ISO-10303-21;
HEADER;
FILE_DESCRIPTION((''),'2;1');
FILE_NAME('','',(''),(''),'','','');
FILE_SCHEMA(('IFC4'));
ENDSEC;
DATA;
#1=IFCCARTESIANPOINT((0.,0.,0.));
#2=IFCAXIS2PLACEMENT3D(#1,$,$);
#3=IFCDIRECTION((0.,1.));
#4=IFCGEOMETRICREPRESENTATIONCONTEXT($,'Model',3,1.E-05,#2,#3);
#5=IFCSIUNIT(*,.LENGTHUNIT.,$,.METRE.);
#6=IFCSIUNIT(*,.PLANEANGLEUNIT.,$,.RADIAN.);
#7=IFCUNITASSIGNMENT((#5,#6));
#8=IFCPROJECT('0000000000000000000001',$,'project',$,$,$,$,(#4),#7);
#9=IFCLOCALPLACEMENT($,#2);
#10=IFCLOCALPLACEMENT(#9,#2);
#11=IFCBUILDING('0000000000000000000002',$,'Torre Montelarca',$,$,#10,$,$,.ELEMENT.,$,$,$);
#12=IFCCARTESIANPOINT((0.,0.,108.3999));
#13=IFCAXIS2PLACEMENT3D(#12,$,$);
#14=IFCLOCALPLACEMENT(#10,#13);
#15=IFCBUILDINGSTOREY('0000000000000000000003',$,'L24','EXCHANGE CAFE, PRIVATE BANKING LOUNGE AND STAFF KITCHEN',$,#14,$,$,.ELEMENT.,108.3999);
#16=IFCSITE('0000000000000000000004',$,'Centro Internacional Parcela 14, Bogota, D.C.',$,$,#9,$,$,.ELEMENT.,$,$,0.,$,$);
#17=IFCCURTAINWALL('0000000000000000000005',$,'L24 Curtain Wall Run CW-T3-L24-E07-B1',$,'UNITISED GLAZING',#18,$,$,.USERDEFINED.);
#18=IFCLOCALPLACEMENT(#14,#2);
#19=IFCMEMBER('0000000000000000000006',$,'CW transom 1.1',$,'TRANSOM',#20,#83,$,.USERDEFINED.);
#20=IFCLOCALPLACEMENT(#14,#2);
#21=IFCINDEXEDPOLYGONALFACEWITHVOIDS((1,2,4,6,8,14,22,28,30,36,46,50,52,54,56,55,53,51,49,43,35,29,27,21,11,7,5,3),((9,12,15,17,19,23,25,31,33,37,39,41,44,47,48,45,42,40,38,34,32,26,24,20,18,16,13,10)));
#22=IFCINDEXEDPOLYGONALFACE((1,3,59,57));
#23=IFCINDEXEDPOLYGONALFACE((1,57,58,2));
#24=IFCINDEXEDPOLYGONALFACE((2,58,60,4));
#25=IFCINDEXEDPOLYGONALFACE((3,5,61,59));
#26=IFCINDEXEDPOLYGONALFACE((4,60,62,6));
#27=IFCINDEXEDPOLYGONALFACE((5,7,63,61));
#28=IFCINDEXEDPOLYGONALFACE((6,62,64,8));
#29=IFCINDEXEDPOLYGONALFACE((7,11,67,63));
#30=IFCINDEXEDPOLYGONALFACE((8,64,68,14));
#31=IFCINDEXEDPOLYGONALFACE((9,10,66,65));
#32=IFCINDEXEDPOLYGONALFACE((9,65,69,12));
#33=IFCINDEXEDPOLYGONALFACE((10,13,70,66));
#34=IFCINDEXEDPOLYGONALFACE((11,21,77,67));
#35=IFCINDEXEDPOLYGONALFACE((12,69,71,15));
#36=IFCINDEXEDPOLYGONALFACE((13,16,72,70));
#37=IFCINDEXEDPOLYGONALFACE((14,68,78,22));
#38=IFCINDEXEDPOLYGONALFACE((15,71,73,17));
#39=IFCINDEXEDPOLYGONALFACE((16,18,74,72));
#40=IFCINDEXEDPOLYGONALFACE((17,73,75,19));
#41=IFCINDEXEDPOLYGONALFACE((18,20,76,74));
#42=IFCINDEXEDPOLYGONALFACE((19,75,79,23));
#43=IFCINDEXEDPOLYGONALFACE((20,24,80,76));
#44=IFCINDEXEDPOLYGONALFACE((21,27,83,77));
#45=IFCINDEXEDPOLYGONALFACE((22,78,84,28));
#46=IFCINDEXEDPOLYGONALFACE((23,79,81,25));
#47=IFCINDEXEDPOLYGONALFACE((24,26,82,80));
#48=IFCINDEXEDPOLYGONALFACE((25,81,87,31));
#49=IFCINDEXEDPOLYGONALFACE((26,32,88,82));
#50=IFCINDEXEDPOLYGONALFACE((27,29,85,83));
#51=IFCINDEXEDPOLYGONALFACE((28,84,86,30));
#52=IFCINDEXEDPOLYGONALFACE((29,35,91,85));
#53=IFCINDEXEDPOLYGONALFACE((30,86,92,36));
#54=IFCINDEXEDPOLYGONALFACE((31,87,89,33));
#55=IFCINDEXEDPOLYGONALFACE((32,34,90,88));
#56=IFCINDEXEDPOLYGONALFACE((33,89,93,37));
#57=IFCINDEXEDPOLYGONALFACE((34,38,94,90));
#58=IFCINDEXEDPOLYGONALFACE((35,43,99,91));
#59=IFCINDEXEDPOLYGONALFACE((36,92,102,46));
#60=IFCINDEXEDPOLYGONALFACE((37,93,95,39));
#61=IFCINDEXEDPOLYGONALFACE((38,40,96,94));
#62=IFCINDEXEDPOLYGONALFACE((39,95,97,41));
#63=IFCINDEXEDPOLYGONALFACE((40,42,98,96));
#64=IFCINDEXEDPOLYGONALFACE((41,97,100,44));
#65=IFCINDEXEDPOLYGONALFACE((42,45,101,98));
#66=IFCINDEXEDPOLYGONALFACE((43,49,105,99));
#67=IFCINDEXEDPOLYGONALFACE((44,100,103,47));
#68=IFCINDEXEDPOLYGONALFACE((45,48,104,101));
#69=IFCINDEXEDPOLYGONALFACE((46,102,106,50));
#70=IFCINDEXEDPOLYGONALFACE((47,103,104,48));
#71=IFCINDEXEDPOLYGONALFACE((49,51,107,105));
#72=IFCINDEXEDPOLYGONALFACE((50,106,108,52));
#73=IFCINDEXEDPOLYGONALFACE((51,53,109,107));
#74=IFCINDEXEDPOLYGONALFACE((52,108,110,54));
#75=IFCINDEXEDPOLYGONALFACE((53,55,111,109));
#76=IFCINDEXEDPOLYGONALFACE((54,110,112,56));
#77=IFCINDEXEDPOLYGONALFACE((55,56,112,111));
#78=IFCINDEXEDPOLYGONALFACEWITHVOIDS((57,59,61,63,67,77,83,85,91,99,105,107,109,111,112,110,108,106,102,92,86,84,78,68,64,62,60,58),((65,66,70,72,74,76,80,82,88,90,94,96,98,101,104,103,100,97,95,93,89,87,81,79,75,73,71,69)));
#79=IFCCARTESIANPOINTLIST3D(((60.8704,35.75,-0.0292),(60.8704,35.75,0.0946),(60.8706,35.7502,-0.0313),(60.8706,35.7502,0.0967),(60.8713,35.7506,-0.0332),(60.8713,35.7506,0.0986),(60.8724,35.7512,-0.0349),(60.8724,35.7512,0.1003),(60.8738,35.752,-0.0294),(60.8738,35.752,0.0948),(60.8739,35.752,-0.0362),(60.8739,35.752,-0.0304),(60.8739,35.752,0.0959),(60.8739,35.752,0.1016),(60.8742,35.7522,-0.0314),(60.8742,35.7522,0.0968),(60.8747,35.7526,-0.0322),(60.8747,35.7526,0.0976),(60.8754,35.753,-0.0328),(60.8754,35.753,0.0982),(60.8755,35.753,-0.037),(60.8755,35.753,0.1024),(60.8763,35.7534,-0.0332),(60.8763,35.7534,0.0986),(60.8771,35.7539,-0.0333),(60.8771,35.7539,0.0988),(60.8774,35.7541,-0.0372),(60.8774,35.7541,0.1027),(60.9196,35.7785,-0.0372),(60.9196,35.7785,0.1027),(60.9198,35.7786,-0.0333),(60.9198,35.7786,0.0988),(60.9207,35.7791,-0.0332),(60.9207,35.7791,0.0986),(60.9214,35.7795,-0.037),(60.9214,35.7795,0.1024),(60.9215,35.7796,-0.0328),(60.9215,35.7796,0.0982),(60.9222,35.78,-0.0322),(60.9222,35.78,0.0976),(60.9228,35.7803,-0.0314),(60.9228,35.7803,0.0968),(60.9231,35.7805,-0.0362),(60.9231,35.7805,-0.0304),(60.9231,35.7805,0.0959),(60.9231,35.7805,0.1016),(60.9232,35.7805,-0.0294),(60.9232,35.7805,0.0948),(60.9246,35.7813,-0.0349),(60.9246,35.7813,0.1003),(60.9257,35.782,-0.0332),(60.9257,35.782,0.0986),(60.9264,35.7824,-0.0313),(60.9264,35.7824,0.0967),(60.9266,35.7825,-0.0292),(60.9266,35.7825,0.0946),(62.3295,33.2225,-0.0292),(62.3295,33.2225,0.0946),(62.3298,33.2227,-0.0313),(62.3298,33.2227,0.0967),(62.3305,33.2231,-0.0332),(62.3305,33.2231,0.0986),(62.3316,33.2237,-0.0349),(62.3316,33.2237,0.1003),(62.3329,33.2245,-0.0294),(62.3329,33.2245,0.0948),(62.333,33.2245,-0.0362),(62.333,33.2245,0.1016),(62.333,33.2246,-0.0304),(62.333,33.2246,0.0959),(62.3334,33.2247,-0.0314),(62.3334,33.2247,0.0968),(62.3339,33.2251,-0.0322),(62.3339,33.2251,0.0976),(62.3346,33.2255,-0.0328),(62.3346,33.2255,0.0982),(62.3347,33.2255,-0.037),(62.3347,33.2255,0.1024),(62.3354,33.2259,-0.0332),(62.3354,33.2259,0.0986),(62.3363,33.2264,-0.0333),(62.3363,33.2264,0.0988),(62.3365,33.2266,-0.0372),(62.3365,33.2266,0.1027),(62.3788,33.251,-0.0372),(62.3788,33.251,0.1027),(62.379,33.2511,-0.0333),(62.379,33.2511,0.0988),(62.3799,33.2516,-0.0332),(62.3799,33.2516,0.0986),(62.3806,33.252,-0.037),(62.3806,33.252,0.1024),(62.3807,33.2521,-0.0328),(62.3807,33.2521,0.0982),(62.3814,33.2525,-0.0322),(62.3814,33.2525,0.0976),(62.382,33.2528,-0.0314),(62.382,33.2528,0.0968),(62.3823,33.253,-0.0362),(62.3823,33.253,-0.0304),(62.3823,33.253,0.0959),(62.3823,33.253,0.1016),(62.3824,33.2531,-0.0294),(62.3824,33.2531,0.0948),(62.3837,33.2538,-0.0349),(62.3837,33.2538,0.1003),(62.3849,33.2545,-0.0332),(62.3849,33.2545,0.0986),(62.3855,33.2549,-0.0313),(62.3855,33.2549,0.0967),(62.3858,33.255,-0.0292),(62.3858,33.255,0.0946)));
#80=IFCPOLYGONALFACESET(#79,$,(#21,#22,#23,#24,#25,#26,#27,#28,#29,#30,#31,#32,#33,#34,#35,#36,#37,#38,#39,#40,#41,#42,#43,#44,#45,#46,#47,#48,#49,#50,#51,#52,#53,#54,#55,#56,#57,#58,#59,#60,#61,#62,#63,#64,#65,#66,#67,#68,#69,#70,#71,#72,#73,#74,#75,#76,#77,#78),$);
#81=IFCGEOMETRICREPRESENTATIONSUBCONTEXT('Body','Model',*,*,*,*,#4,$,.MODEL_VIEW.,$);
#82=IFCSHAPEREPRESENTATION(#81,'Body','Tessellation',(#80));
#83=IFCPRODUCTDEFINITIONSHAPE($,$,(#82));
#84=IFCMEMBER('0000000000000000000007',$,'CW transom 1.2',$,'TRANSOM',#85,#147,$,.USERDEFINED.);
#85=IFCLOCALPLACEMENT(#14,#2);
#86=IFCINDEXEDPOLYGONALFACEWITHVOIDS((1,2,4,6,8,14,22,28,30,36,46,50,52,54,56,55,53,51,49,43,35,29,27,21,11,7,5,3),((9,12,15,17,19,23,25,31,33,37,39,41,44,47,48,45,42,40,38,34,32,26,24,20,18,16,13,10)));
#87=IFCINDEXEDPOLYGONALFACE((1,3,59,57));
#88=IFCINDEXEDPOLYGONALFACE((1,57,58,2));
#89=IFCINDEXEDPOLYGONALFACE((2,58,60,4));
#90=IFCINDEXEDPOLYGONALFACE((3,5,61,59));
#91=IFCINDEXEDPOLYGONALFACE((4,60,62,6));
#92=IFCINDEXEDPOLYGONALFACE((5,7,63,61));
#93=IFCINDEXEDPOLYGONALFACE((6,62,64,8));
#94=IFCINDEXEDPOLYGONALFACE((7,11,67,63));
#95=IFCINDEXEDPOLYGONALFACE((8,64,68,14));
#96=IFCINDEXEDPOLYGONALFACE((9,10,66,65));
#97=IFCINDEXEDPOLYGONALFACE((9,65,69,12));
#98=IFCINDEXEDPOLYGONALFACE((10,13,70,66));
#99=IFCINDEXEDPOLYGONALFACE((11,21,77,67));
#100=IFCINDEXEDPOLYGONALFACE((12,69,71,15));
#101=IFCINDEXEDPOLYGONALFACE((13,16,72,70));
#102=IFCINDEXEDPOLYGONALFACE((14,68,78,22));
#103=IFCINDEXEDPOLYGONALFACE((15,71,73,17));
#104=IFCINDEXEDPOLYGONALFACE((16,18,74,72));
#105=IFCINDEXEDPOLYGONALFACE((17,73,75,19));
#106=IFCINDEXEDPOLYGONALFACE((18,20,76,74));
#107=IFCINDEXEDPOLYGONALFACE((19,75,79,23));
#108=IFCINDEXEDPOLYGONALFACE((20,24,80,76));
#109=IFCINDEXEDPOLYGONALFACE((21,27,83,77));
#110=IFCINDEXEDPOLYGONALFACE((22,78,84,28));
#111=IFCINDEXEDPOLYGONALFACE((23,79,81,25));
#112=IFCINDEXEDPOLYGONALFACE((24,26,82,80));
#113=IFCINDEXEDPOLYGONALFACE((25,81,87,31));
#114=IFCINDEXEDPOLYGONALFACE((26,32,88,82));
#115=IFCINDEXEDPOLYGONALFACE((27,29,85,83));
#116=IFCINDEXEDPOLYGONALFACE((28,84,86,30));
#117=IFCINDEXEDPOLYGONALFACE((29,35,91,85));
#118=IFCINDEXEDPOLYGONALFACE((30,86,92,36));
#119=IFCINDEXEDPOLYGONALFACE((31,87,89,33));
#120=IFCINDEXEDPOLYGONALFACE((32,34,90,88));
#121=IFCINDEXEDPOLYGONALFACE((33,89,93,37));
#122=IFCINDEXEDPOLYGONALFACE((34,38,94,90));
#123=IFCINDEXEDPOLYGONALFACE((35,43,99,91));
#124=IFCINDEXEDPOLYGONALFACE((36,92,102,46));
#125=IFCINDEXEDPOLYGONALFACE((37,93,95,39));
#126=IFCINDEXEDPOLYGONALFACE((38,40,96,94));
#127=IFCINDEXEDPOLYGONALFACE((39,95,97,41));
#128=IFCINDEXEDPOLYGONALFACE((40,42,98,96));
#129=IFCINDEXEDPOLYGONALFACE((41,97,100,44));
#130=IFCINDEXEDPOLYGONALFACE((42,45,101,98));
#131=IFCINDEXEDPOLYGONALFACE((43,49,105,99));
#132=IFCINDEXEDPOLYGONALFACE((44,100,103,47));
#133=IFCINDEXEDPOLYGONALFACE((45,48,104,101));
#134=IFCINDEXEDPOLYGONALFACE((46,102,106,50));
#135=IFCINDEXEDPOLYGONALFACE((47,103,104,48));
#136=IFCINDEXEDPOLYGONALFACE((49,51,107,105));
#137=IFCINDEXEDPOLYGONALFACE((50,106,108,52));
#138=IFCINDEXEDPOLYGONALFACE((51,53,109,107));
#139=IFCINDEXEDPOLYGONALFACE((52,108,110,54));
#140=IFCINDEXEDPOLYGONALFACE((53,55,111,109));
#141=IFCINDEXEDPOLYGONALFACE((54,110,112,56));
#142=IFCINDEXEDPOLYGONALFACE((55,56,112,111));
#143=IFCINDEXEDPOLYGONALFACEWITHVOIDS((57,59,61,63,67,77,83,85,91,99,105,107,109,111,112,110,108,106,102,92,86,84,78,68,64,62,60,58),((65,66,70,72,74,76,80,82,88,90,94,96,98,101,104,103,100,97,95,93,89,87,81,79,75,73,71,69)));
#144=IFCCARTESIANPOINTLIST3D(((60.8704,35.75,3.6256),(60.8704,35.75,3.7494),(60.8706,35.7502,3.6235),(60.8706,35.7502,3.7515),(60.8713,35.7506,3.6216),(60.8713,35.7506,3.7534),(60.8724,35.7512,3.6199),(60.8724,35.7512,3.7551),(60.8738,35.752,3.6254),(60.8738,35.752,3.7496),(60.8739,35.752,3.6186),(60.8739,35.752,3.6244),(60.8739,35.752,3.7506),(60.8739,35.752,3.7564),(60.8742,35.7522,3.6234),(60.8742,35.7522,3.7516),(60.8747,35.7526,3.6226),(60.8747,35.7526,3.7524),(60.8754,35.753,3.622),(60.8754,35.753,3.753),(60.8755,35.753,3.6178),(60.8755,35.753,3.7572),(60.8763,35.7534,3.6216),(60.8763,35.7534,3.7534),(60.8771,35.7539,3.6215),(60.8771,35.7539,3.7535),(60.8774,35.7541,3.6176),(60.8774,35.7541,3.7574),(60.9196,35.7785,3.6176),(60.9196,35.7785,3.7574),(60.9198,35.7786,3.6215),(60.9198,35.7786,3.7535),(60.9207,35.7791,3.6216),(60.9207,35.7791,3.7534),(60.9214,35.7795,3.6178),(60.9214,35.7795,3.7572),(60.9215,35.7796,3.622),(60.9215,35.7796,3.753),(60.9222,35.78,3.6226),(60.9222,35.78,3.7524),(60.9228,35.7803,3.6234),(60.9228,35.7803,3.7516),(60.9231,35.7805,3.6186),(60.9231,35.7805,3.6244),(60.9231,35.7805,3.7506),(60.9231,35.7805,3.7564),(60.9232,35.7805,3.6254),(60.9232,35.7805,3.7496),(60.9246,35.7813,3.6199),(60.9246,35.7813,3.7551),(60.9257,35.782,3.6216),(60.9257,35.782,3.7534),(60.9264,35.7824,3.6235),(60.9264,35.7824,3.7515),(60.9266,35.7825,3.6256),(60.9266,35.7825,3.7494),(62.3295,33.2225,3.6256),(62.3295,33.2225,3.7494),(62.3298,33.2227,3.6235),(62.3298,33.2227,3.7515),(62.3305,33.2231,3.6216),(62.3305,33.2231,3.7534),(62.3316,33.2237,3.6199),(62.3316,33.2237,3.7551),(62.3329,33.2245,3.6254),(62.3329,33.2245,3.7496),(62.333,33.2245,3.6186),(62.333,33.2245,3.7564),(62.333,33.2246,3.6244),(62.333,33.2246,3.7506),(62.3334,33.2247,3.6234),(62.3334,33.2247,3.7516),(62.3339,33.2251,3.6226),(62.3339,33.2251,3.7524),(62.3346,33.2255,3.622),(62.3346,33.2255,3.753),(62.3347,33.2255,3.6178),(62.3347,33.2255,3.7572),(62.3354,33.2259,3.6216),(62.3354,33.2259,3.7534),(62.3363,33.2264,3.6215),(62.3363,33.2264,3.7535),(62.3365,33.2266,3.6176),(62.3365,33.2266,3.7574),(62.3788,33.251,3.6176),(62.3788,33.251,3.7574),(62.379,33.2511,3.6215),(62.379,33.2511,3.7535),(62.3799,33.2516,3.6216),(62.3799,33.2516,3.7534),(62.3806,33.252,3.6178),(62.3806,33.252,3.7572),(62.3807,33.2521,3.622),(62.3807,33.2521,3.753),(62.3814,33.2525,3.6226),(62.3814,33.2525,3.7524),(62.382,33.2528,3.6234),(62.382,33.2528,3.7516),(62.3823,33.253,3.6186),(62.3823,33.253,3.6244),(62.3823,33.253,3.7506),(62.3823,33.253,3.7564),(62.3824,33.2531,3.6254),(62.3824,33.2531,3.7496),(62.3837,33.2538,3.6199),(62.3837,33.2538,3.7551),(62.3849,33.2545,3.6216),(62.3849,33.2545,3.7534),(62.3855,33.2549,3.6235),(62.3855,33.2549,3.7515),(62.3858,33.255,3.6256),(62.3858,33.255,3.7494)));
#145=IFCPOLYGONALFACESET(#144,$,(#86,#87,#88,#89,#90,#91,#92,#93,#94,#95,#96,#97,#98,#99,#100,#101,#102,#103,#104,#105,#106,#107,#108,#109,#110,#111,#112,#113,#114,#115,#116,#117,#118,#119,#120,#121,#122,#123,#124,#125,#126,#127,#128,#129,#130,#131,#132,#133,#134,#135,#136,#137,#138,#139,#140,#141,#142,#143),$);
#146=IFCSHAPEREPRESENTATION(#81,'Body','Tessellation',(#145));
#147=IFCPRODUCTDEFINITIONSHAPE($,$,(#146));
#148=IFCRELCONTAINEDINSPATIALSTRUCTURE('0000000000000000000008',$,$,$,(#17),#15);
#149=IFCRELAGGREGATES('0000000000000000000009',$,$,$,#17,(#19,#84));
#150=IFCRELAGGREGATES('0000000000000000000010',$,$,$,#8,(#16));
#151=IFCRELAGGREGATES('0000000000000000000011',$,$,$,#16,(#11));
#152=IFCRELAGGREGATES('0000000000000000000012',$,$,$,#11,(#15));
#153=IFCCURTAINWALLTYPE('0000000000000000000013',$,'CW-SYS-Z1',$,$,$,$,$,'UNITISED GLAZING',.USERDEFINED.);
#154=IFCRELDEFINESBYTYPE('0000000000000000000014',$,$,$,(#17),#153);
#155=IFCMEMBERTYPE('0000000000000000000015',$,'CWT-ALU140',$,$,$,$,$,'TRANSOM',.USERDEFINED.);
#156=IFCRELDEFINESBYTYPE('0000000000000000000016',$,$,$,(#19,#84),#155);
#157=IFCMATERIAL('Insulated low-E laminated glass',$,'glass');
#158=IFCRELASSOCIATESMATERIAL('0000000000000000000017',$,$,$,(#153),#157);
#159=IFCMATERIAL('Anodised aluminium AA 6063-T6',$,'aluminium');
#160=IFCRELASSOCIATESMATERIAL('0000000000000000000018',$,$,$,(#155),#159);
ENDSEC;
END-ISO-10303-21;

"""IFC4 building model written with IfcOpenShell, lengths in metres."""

from ifc_helpers import new_model, si_unit, direction, frame, origin, origin_2d, place, context, subcontext, project, spatial, hollow_rectangle, extrude, source, transform, mapped, material, material_profile, profile_set, type_object, element, aggregate, save


model = new_model("IFC4")

# Units and contexts
model_context = context("Model", 3, precision=1e-05, world=origin(), true_north=direction((0.0, 1.0)))
body_context = subcontext(model_context, "Body", "Model", "MODEL_VIEW")
ifc_project = project(units=[si_unit("LENGTHUNIT", "METRE"), si_unit("PLANEANGLEUNIT", "RADIAN")], contexts=[model_context])

# Site, building, storey
site_placement = place(None, origin())
site = spatial("IfcSite", under=ifc_project, at=site_placement, Name="Centro Internacional Parcela 14, Bogota, D.C.", CompositionType="ELEMENT", RefElevation=0.0)
building_placement = place(site_placement, origin())
building = spatial("IfcBuilding", under=site, at=building_placement, Name="Torre Montelarca", CompositionType="ELEMENT")
storey_placement = place(building_placement, frame((0.0, 0.0, 108.3999)))
storey = spatial("IfcBuildingStorey", under=building, at=storey_placement, Name="L24", Description="EXCHANGE CAFE, PRIVATE BANKING LOUNGE AND STAFF KITCHEN", CompositionType="ELEMENT", Elevation=108.3999)

# Curtain wall, members
ifc_material_1 = material(Name="Insulated low-E laminated glass", Category="glass")
curtain_wall_type = type_object("IfcCurtainWallType", Name="CW-SYS-Z1", ElementType="UNITISED GLAZING", PredefinedType="USERDEFINED", material=ifc_material_1)
curtain_wall_1_placement = place(storey_placement, origin())
curtain_wall_1 = element("IfcCurtainWall", 1, at=curtain_wall_1_placement, inside=storey, type_object=curtain_wall_type, Name="L24 Curtain Wall Run CW-T3-L24-E07-B1", ObjectType="UNITISED GLAZING", PredefinedType="USERDEFINED")
ifc_material_2 = material(Name="Anodised aluminium AA 6063-T6", Category="aluminium")
ifc_material_profile_1 = material_profile(ifc_material_2, hollow_rectangle(XDim=0.0649, YDim=0.1399, WallThickness=0.0039, InnerFilletRadius=0.0039, OuterFilletRadius=0.0081, at=origin_2d()), Name="ALU65X140X4", Category="aluminium")
ifc_profile_set_1 = profile_set([ifc_material_profile_1], Name="Anodised aluminium AA 6063-T6")
member_type_1 = type_object("IfcMemberType", Name="CWT-ALU140", ElementType="TRANSOM", PredefinedType="USERDEFINED", material=ifc_profile_set_1)
shared_shape_1 = source(origin(), body_context, "Body", "SweptSolid", [
    extrude(hollow_rectangle(XDim=0.0649, YDim=0.1399, WallThickness=0.0039, InnerFilletRadius=0.0039, OuterFilletRadius=0.0081, at=origin_2d()), origin(), (0.0, 0.0, 1.0), 2.9185),
])
member_1_placement = place(storey_placement, frame((62.3577, 33.2388, 0.0327), z_axis=(-0.499981, 0.866037, 0.0), x_axis=(-0.866037, -0.499981, 0.0)))
member_1 = element("IfcMember", 2, at=member_1_placement, type_object=member_type_1, Name="CW transom 1.1", ObjectType="TRANSOM", PredefinedType="USERDEFINED", context=body_context, shape_type="MappedRepresentation", body=[
    mapped(shared_shape_1, transform((0.0, 0.0, 0.0), scale=1.0)),
])
member_2_placement = place(storey_placement, frame((62.3577, 33.2388, 3.6875), z_axis=(-0.499981, 0.866037, 0.0), x_axis=(-0.866037, -0.499981, 0.0)))
member_2 = element("IfcMember", 3, at=member_2_placement, type_object=member_type_1, Name="CW transom 1.2", ObjectType="TRANSOM", PredefinedType="USERDEFINED", context=body_context, shape_type="MappedRepresentation", body=[
    mapped(shared_shape_1, transform((0.0, 0.0, 0.0), scale=1.0)),
])

aggregate(curtain_wall_1, [member_1, member_2])

save(model, "model.ifc")
